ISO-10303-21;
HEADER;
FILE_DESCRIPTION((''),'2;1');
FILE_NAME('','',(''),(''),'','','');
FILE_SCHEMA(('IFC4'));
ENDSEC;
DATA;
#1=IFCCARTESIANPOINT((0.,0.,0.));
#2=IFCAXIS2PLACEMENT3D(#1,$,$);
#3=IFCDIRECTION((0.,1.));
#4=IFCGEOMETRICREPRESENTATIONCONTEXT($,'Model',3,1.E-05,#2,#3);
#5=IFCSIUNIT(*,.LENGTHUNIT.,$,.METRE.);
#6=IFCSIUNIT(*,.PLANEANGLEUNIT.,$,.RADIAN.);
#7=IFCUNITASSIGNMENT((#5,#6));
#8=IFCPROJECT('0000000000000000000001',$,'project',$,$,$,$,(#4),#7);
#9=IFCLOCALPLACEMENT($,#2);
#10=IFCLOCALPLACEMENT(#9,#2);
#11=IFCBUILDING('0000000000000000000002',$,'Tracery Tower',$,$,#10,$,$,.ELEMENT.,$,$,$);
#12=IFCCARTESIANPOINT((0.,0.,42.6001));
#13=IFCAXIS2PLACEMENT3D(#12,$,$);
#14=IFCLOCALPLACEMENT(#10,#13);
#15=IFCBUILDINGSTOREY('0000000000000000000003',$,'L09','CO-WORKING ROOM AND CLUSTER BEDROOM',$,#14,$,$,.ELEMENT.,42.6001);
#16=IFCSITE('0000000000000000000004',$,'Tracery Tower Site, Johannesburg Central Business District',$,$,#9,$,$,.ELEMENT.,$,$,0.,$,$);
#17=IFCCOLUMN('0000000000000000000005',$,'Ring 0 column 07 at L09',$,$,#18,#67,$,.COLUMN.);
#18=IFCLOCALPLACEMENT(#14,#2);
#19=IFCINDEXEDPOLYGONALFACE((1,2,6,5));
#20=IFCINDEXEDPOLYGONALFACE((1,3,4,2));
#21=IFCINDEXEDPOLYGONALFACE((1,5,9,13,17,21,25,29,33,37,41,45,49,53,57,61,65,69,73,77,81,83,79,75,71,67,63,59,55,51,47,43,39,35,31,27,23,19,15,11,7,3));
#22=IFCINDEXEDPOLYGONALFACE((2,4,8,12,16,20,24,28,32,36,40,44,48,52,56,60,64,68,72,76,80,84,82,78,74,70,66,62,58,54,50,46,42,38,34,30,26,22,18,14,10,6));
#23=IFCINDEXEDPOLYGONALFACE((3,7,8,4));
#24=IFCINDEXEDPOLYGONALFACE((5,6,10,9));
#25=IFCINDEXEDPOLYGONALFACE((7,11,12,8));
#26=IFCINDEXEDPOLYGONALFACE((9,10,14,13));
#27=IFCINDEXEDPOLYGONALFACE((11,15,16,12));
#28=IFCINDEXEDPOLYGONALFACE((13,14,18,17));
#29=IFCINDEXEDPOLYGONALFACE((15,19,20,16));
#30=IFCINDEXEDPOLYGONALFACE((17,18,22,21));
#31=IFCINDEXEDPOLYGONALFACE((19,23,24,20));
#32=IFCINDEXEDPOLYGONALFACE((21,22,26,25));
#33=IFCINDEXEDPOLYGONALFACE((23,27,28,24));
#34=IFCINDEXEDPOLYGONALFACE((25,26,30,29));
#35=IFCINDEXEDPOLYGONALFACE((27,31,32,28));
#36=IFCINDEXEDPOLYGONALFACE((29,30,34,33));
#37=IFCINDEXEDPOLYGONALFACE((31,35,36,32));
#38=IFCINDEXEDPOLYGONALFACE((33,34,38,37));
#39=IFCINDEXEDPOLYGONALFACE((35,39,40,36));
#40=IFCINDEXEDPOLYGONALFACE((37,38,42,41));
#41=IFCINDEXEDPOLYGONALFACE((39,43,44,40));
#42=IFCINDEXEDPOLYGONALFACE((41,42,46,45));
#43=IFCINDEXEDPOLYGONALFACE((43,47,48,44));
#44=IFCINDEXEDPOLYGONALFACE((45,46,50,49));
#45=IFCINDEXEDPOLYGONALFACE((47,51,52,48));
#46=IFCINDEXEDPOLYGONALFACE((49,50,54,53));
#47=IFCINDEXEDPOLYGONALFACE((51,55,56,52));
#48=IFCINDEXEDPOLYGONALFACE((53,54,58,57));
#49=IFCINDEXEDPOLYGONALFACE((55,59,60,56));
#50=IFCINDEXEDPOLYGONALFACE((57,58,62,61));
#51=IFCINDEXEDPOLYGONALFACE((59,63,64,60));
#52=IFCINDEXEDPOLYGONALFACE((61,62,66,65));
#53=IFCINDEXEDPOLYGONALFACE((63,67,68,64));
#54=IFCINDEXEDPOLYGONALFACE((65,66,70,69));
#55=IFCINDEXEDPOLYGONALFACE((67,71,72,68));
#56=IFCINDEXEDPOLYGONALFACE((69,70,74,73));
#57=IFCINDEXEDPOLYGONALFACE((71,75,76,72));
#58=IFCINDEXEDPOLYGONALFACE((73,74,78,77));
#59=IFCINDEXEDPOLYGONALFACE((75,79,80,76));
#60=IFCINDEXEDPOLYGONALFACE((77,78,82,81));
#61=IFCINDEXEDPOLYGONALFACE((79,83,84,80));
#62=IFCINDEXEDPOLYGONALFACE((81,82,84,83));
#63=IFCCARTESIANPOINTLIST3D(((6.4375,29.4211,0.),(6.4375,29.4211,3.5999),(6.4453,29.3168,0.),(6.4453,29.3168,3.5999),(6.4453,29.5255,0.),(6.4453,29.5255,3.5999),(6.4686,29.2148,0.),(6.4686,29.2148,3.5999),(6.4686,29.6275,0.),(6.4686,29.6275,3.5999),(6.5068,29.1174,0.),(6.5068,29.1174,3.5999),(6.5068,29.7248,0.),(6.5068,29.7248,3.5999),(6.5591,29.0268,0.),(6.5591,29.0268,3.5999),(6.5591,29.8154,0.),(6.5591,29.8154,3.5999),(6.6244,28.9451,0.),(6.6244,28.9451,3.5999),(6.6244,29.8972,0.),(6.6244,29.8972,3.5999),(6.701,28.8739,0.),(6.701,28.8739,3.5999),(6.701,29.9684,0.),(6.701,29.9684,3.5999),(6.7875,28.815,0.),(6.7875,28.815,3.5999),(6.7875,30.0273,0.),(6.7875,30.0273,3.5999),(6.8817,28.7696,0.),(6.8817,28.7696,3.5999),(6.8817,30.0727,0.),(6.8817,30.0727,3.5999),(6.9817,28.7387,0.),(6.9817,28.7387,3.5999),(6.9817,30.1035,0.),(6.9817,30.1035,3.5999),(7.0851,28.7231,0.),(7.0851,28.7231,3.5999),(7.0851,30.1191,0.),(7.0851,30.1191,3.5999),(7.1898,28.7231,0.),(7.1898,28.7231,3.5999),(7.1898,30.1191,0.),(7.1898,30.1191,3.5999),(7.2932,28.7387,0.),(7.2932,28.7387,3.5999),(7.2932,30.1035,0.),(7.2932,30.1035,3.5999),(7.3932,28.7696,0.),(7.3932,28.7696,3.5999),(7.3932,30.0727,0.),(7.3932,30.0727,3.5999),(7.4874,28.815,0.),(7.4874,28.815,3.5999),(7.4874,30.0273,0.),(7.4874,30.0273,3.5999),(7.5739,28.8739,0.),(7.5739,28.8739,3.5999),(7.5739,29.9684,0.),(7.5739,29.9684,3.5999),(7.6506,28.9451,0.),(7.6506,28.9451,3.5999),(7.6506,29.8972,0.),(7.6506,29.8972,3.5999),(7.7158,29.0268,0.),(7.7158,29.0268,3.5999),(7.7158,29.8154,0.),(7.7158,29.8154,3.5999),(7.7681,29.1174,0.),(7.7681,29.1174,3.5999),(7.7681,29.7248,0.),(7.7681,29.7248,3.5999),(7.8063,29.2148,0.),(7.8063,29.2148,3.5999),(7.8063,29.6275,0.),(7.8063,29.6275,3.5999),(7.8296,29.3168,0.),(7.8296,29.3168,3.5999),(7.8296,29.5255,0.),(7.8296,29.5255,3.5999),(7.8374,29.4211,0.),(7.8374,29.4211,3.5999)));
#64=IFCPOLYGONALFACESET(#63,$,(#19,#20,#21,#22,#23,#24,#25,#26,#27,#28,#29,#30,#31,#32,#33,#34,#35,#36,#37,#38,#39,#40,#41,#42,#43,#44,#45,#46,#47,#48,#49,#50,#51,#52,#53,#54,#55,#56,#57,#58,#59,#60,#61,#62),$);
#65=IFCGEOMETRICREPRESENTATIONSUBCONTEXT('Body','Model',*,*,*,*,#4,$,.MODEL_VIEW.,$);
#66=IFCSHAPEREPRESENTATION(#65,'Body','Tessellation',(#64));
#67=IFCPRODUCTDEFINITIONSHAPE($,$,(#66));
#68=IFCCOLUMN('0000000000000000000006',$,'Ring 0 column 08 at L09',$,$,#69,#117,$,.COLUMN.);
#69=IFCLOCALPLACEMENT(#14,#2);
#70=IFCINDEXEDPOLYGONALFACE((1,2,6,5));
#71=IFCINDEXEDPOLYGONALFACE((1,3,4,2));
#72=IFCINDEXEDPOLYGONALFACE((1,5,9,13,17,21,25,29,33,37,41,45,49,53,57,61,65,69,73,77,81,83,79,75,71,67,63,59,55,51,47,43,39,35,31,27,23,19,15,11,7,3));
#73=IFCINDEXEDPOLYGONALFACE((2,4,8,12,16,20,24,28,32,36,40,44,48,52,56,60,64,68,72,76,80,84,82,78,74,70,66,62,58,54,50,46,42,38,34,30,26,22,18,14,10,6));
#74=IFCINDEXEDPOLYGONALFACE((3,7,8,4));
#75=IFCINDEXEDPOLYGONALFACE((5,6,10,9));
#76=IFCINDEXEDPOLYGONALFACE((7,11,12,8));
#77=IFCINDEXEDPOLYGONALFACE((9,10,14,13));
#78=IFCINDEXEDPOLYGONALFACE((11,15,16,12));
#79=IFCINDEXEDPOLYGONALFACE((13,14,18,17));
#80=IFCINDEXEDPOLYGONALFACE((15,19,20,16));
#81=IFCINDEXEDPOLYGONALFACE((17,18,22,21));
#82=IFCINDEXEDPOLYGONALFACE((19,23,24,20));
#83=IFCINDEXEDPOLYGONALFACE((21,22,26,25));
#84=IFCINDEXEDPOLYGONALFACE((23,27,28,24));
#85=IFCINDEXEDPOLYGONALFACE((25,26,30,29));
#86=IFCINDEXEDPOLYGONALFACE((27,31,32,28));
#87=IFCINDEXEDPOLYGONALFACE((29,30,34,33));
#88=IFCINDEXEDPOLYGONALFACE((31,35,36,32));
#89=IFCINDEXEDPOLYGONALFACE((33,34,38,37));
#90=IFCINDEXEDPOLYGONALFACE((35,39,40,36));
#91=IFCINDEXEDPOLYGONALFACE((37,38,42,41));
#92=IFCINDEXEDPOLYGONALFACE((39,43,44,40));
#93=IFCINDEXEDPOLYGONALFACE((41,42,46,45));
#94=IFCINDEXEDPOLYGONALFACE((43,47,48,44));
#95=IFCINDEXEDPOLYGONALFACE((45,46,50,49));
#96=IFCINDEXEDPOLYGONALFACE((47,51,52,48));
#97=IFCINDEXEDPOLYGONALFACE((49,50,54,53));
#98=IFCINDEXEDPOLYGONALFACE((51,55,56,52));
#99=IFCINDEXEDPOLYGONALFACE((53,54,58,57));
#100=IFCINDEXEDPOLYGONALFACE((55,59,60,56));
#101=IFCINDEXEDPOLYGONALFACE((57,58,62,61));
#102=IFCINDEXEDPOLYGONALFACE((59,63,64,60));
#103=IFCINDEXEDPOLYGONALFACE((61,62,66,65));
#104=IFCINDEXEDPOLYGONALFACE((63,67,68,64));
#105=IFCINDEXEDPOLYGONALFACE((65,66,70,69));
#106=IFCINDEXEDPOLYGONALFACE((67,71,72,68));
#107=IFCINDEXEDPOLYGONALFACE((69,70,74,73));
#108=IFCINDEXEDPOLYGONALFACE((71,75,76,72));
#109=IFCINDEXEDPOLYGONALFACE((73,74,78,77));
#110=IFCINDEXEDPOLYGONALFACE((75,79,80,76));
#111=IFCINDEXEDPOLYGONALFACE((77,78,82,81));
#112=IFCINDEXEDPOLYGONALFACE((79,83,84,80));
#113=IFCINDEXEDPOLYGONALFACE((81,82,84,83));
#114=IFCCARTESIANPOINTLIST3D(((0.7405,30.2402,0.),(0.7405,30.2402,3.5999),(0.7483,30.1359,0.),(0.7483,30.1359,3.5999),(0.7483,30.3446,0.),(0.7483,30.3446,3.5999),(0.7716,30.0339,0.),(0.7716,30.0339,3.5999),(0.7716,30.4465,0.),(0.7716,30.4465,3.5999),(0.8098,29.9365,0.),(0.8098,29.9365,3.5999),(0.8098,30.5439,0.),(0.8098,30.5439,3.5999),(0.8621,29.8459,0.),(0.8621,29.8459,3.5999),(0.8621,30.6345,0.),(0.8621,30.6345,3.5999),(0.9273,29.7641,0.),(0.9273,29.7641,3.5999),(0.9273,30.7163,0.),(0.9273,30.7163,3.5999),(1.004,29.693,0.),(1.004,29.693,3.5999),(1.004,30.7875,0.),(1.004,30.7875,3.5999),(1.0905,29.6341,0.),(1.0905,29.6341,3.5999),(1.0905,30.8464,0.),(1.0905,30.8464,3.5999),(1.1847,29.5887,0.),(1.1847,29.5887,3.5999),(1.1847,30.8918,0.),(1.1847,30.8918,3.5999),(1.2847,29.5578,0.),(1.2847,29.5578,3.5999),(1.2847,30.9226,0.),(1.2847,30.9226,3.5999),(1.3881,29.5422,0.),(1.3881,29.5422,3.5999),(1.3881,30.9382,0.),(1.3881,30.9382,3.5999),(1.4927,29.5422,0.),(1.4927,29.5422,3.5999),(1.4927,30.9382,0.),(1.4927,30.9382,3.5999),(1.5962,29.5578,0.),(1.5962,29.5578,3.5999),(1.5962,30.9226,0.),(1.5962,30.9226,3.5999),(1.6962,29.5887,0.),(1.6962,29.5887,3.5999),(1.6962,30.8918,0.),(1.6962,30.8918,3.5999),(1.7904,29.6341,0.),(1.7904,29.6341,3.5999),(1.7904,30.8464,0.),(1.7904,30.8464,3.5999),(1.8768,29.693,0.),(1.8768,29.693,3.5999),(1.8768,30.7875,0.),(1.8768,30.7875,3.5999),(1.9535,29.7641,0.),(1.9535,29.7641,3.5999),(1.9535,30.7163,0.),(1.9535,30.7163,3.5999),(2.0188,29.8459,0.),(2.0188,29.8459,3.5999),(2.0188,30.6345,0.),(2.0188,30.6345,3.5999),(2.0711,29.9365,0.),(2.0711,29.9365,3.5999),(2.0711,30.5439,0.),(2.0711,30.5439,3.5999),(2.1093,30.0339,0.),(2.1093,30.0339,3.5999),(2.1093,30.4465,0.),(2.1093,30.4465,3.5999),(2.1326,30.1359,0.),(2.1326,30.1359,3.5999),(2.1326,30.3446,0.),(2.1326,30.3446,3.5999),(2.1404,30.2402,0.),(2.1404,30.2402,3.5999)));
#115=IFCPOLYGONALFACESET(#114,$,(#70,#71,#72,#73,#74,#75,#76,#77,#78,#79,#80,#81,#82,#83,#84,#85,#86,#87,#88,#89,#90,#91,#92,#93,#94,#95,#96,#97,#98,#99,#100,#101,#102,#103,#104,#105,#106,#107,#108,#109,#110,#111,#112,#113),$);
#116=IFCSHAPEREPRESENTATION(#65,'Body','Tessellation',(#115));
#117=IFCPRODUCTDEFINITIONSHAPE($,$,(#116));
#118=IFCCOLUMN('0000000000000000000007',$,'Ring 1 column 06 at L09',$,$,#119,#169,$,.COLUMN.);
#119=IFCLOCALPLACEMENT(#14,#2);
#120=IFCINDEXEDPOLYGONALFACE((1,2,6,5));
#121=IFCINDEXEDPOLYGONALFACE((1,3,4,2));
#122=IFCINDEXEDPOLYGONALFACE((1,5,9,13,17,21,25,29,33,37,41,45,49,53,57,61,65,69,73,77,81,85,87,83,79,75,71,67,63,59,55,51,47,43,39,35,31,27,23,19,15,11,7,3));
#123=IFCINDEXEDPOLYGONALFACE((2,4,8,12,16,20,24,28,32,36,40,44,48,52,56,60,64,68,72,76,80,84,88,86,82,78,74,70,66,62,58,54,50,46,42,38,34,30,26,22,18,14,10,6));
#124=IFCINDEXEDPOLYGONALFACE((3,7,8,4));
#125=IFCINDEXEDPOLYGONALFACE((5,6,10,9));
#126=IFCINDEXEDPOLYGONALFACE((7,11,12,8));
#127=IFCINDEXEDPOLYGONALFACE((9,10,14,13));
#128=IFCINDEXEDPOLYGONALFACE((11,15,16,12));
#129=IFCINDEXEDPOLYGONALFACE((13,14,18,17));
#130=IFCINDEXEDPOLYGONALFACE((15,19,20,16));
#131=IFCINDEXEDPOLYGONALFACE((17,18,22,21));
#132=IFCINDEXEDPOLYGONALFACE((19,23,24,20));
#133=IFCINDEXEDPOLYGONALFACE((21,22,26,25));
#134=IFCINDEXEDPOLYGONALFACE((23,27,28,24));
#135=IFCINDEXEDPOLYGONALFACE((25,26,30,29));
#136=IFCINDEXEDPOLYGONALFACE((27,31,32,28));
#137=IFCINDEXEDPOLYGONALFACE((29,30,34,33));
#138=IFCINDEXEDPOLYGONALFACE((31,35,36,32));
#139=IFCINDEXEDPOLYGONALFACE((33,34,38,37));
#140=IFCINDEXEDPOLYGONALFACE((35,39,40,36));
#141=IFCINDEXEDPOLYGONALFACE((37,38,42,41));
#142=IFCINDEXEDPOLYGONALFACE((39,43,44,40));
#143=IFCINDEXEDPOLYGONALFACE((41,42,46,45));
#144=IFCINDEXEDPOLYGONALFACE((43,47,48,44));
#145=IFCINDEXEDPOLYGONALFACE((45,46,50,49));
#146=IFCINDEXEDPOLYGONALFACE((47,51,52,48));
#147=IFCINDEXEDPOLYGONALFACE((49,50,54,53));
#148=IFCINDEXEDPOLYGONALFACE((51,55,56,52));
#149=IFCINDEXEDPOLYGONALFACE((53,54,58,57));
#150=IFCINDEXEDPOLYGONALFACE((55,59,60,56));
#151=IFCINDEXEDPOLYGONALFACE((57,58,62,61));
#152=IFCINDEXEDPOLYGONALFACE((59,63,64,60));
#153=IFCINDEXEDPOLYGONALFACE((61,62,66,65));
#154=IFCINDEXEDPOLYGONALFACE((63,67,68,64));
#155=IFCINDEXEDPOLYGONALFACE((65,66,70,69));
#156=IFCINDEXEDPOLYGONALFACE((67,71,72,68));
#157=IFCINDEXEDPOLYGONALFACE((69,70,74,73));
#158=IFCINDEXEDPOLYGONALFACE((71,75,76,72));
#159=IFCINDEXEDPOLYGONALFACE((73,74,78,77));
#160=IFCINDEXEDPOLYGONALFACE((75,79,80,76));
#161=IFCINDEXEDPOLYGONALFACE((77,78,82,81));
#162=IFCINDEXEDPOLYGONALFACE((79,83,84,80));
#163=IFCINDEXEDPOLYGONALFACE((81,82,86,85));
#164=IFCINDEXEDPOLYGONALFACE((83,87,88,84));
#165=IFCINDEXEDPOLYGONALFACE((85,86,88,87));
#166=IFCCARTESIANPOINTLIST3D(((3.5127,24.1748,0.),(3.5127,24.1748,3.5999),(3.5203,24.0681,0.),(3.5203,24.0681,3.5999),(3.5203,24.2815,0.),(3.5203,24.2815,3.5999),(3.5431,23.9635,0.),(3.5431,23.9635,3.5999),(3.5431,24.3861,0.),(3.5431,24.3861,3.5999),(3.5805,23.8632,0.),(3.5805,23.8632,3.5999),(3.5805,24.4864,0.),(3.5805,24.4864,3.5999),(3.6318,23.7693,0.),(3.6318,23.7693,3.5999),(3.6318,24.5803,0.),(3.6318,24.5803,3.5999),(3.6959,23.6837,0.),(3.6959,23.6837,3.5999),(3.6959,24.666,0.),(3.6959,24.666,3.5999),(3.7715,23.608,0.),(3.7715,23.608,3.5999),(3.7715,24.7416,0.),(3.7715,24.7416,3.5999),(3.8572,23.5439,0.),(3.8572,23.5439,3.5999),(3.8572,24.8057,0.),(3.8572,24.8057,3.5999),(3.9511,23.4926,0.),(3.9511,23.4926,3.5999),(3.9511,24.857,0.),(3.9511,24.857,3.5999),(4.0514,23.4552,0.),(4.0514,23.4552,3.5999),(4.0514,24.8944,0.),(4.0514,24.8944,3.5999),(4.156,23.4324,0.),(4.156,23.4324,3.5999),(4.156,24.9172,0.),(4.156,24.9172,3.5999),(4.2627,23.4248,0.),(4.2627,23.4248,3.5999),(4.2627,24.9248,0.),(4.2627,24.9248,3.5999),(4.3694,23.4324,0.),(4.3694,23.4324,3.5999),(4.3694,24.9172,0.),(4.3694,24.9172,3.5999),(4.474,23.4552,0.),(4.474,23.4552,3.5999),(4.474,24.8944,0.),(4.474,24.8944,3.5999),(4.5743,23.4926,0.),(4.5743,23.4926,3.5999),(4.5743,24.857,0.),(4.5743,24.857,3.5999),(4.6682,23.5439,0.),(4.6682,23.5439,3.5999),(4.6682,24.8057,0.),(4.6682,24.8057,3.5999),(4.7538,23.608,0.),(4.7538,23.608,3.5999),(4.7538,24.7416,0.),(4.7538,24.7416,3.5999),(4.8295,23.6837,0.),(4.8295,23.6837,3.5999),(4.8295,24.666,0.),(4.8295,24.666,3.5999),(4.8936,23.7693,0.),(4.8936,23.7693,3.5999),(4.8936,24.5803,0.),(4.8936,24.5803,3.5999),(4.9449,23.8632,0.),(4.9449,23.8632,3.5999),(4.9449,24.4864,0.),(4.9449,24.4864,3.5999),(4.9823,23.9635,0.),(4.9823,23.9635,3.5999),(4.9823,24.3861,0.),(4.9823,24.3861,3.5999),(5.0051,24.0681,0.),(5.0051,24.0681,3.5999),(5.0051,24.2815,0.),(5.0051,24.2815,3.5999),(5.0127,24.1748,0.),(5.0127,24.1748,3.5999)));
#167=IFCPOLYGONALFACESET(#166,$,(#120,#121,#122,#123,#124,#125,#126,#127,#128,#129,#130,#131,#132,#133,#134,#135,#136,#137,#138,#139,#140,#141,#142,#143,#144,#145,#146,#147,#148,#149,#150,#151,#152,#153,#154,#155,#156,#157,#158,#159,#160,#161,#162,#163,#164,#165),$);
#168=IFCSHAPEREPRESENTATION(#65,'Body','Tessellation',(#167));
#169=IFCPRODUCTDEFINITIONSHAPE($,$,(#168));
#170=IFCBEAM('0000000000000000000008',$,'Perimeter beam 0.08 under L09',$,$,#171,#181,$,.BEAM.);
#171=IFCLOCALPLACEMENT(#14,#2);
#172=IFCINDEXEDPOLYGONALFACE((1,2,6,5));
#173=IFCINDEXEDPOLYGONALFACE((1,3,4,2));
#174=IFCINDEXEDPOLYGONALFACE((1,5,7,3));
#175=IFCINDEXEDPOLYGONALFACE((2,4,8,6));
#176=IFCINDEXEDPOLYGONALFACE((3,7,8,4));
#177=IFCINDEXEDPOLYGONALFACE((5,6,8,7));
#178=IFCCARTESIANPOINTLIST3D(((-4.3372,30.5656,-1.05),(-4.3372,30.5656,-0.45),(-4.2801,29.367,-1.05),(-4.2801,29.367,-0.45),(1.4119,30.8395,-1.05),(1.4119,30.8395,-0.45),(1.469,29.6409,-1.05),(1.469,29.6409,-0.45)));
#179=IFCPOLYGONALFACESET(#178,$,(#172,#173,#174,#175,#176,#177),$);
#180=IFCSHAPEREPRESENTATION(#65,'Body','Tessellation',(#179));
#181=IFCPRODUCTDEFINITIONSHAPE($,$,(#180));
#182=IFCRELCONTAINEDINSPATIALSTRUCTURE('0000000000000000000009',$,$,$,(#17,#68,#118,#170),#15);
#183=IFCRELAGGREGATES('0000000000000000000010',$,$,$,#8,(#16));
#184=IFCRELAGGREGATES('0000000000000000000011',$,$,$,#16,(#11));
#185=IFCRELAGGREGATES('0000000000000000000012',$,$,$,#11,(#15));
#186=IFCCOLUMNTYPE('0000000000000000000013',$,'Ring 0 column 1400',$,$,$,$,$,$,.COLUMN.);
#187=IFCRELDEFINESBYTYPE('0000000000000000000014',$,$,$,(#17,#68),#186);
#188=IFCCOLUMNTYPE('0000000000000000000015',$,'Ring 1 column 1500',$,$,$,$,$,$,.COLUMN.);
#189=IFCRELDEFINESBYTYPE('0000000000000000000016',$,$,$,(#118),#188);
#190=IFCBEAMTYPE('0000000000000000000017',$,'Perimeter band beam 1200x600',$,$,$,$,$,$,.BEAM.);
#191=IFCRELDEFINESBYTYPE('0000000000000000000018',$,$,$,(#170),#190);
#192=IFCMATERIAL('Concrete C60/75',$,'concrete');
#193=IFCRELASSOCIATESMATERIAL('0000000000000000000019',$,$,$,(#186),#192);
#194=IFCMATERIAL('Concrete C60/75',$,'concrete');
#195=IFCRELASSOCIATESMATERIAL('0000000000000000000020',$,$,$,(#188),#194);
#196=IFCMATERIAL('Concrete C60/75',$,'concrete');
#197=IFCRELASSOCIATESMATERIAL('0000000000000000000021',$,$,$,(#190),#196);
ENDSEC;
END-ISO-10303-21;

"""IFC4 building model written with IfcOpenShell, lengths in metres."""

from ifc_helpers import new_model, si_unit, direction, frame, origin, origin_2d, place, context, subcontext, project, spatial, rectangle, circle, extrude, material, material_profile, profile_set, type_object, element, save


model = new_model("IFC4")

# Units and contexts
model_context = context("Model", 3, precision=1e-05, world=origin(), true_north=direction((0.0, 1.0)))
body_context = subcontext(model_context, "Body", "Model", "MODEL_VIEW")
ifc_project = project(units=[si_unit("LENGTHUNIT", "METRE"), si_unit("PLANEANGLEUNIT", "RADIAN")], contexts=[model_context])

# Site, building, storey
site_placement = place(None, origin())
site = spatial("IfcSite", under=ifc_project, at=site_placement, Name="Tracery Tower Site, Johannesburg Central Business District", CompositionType="ELEMENT", RefElevation=0.0)
building_placement = place(site_placement, origin())
building = spatial("IfcBuilding", under=site, at=building_placement, Name="Tracery Tower", CompositionType="ELEMENT")
storey_placement = place(building_placement, frame((0.0, 0.0, 42.6001)))
storey = spatial("IfcBuildingStorey", under=building, at=storey_placement, Name="L09", Description="CO-WORKING ROOM AND CLUSTER BEDROOM", CompositionType="ELEMENT", Elevation=42.6001)

# Columns
ifc_material_1 = material(Name="Concrete C60/75", Category="concrete")
ifc_material_profile_1 = material_profile(ifc_material_1, circle(Radius=0.7, at=origin_2d()), Name="RC D1400")
ifc_profile_set_1 = profile_set([ifc_material_profile_1], Name="Concrete C60/75")
column_type_1 = type_object("IfcColumnType", Name="Ring 0 column 1400", PredefinedType="COLUMN", material=ifc_profile_set_1)
for number, where, z_axis, x_axis, name in (
    (1, (7.1375, 29.4211, 0.0), (0.0, 0.0, 1.0), (1.0, 0.0, 0.0), "Ring 0 column 07 at L09"),
    (2, (1.4404, 30.2402, 0.0), (0.0, 0.0, 1.0), (1.0, 0.0, 0.0), "Ring 0 column 08 at L09"),
):
    element("IfcColumn", number, at=place(storey_placement, frame(where, z_axis=z_axis, x_axis=x_axis)), inside=storey, type_object=column_type_1, Name=name, PredefinedType="COLUMN", context=body_context, shape_type="SweptSolid", body=[
        extrude(circle(Radius=0.7, at=origin_2d()), origin(), (0.0, 0.0, 1.0), 3.5999),
    ])
ifc_material_2 = material(Name="Concrete C60/75", Category="concrete")
ifc_material_profile_2 = material_profile(ifc_material_2, circle(Radius=0.75, at=origin_2d()), Name="RC D1500")
ifc_profile_set_2 = profile_set([ifc_material_profile_2], Name="Concrete C60/75")
column_type_2 = type_object("IfcColumnType", Name="Ring 1 column 1500", PredefinedType="COLUMN", material=ifc_profile_set_2)
column_placement = place(storey_placement, frame((4.2627, 24.1748, 0.0), z_axis=(0.0, 0.0, 1.0), x_axis=(1.0, 0.0, 0.0)))
element("IfcColumn", 3, at=column_placement, inside=storey, type_object=column_type_2, Name="Ring 1 column 06 at L09", PredefinedType="COLUMN", context=body_context, shape_type="SweptSolid", body=[
    extrude(circle(Radius=0.75, at=origin_2d()), origin(), (0.0, 0.0, 1.0), 3.5999),
])

# Beam
ifc_material_3 = material(Name="Concrete C60/75", Category="concrete")
ifc_material_profile_3 = material_profile(ifc_material_3, rectangle(XDim=1.2, YDim=0.6001, at=origin_2d()), Name="RC 1200x600")
ifc_profile_set_3 = profile_set([ifc_material_profile_3], Name="Concrete C60/75")
beam_type = type_object("IfcBeamType", Name="Perimeter band beam 1200x600", PredefinedType="BEAM", material=ifc_profile_set_3)
beam_placement = place(storey_placement, frame((1.4404, 30.2402, -0.75), z_axis=(-0.998867, -0.047593, 0.0), x_axis=(0.047593, -0.998867, 0.0)))
element("IfcBeam", 4, at=beam_placement, inside=storey, type_object=beam_type, Name="Perimeter beam 0.08 under L09", PredefinedType="BEAM", context=body_context, shape_type="SweptSolid", body=[
    extrude(rectangle(XDim=1.2, YDim=0.6001, at=origin_2d()), origin(), (0.0, 0.0, 1.0), 5.7556),
])

save(model, "model.ifc")
